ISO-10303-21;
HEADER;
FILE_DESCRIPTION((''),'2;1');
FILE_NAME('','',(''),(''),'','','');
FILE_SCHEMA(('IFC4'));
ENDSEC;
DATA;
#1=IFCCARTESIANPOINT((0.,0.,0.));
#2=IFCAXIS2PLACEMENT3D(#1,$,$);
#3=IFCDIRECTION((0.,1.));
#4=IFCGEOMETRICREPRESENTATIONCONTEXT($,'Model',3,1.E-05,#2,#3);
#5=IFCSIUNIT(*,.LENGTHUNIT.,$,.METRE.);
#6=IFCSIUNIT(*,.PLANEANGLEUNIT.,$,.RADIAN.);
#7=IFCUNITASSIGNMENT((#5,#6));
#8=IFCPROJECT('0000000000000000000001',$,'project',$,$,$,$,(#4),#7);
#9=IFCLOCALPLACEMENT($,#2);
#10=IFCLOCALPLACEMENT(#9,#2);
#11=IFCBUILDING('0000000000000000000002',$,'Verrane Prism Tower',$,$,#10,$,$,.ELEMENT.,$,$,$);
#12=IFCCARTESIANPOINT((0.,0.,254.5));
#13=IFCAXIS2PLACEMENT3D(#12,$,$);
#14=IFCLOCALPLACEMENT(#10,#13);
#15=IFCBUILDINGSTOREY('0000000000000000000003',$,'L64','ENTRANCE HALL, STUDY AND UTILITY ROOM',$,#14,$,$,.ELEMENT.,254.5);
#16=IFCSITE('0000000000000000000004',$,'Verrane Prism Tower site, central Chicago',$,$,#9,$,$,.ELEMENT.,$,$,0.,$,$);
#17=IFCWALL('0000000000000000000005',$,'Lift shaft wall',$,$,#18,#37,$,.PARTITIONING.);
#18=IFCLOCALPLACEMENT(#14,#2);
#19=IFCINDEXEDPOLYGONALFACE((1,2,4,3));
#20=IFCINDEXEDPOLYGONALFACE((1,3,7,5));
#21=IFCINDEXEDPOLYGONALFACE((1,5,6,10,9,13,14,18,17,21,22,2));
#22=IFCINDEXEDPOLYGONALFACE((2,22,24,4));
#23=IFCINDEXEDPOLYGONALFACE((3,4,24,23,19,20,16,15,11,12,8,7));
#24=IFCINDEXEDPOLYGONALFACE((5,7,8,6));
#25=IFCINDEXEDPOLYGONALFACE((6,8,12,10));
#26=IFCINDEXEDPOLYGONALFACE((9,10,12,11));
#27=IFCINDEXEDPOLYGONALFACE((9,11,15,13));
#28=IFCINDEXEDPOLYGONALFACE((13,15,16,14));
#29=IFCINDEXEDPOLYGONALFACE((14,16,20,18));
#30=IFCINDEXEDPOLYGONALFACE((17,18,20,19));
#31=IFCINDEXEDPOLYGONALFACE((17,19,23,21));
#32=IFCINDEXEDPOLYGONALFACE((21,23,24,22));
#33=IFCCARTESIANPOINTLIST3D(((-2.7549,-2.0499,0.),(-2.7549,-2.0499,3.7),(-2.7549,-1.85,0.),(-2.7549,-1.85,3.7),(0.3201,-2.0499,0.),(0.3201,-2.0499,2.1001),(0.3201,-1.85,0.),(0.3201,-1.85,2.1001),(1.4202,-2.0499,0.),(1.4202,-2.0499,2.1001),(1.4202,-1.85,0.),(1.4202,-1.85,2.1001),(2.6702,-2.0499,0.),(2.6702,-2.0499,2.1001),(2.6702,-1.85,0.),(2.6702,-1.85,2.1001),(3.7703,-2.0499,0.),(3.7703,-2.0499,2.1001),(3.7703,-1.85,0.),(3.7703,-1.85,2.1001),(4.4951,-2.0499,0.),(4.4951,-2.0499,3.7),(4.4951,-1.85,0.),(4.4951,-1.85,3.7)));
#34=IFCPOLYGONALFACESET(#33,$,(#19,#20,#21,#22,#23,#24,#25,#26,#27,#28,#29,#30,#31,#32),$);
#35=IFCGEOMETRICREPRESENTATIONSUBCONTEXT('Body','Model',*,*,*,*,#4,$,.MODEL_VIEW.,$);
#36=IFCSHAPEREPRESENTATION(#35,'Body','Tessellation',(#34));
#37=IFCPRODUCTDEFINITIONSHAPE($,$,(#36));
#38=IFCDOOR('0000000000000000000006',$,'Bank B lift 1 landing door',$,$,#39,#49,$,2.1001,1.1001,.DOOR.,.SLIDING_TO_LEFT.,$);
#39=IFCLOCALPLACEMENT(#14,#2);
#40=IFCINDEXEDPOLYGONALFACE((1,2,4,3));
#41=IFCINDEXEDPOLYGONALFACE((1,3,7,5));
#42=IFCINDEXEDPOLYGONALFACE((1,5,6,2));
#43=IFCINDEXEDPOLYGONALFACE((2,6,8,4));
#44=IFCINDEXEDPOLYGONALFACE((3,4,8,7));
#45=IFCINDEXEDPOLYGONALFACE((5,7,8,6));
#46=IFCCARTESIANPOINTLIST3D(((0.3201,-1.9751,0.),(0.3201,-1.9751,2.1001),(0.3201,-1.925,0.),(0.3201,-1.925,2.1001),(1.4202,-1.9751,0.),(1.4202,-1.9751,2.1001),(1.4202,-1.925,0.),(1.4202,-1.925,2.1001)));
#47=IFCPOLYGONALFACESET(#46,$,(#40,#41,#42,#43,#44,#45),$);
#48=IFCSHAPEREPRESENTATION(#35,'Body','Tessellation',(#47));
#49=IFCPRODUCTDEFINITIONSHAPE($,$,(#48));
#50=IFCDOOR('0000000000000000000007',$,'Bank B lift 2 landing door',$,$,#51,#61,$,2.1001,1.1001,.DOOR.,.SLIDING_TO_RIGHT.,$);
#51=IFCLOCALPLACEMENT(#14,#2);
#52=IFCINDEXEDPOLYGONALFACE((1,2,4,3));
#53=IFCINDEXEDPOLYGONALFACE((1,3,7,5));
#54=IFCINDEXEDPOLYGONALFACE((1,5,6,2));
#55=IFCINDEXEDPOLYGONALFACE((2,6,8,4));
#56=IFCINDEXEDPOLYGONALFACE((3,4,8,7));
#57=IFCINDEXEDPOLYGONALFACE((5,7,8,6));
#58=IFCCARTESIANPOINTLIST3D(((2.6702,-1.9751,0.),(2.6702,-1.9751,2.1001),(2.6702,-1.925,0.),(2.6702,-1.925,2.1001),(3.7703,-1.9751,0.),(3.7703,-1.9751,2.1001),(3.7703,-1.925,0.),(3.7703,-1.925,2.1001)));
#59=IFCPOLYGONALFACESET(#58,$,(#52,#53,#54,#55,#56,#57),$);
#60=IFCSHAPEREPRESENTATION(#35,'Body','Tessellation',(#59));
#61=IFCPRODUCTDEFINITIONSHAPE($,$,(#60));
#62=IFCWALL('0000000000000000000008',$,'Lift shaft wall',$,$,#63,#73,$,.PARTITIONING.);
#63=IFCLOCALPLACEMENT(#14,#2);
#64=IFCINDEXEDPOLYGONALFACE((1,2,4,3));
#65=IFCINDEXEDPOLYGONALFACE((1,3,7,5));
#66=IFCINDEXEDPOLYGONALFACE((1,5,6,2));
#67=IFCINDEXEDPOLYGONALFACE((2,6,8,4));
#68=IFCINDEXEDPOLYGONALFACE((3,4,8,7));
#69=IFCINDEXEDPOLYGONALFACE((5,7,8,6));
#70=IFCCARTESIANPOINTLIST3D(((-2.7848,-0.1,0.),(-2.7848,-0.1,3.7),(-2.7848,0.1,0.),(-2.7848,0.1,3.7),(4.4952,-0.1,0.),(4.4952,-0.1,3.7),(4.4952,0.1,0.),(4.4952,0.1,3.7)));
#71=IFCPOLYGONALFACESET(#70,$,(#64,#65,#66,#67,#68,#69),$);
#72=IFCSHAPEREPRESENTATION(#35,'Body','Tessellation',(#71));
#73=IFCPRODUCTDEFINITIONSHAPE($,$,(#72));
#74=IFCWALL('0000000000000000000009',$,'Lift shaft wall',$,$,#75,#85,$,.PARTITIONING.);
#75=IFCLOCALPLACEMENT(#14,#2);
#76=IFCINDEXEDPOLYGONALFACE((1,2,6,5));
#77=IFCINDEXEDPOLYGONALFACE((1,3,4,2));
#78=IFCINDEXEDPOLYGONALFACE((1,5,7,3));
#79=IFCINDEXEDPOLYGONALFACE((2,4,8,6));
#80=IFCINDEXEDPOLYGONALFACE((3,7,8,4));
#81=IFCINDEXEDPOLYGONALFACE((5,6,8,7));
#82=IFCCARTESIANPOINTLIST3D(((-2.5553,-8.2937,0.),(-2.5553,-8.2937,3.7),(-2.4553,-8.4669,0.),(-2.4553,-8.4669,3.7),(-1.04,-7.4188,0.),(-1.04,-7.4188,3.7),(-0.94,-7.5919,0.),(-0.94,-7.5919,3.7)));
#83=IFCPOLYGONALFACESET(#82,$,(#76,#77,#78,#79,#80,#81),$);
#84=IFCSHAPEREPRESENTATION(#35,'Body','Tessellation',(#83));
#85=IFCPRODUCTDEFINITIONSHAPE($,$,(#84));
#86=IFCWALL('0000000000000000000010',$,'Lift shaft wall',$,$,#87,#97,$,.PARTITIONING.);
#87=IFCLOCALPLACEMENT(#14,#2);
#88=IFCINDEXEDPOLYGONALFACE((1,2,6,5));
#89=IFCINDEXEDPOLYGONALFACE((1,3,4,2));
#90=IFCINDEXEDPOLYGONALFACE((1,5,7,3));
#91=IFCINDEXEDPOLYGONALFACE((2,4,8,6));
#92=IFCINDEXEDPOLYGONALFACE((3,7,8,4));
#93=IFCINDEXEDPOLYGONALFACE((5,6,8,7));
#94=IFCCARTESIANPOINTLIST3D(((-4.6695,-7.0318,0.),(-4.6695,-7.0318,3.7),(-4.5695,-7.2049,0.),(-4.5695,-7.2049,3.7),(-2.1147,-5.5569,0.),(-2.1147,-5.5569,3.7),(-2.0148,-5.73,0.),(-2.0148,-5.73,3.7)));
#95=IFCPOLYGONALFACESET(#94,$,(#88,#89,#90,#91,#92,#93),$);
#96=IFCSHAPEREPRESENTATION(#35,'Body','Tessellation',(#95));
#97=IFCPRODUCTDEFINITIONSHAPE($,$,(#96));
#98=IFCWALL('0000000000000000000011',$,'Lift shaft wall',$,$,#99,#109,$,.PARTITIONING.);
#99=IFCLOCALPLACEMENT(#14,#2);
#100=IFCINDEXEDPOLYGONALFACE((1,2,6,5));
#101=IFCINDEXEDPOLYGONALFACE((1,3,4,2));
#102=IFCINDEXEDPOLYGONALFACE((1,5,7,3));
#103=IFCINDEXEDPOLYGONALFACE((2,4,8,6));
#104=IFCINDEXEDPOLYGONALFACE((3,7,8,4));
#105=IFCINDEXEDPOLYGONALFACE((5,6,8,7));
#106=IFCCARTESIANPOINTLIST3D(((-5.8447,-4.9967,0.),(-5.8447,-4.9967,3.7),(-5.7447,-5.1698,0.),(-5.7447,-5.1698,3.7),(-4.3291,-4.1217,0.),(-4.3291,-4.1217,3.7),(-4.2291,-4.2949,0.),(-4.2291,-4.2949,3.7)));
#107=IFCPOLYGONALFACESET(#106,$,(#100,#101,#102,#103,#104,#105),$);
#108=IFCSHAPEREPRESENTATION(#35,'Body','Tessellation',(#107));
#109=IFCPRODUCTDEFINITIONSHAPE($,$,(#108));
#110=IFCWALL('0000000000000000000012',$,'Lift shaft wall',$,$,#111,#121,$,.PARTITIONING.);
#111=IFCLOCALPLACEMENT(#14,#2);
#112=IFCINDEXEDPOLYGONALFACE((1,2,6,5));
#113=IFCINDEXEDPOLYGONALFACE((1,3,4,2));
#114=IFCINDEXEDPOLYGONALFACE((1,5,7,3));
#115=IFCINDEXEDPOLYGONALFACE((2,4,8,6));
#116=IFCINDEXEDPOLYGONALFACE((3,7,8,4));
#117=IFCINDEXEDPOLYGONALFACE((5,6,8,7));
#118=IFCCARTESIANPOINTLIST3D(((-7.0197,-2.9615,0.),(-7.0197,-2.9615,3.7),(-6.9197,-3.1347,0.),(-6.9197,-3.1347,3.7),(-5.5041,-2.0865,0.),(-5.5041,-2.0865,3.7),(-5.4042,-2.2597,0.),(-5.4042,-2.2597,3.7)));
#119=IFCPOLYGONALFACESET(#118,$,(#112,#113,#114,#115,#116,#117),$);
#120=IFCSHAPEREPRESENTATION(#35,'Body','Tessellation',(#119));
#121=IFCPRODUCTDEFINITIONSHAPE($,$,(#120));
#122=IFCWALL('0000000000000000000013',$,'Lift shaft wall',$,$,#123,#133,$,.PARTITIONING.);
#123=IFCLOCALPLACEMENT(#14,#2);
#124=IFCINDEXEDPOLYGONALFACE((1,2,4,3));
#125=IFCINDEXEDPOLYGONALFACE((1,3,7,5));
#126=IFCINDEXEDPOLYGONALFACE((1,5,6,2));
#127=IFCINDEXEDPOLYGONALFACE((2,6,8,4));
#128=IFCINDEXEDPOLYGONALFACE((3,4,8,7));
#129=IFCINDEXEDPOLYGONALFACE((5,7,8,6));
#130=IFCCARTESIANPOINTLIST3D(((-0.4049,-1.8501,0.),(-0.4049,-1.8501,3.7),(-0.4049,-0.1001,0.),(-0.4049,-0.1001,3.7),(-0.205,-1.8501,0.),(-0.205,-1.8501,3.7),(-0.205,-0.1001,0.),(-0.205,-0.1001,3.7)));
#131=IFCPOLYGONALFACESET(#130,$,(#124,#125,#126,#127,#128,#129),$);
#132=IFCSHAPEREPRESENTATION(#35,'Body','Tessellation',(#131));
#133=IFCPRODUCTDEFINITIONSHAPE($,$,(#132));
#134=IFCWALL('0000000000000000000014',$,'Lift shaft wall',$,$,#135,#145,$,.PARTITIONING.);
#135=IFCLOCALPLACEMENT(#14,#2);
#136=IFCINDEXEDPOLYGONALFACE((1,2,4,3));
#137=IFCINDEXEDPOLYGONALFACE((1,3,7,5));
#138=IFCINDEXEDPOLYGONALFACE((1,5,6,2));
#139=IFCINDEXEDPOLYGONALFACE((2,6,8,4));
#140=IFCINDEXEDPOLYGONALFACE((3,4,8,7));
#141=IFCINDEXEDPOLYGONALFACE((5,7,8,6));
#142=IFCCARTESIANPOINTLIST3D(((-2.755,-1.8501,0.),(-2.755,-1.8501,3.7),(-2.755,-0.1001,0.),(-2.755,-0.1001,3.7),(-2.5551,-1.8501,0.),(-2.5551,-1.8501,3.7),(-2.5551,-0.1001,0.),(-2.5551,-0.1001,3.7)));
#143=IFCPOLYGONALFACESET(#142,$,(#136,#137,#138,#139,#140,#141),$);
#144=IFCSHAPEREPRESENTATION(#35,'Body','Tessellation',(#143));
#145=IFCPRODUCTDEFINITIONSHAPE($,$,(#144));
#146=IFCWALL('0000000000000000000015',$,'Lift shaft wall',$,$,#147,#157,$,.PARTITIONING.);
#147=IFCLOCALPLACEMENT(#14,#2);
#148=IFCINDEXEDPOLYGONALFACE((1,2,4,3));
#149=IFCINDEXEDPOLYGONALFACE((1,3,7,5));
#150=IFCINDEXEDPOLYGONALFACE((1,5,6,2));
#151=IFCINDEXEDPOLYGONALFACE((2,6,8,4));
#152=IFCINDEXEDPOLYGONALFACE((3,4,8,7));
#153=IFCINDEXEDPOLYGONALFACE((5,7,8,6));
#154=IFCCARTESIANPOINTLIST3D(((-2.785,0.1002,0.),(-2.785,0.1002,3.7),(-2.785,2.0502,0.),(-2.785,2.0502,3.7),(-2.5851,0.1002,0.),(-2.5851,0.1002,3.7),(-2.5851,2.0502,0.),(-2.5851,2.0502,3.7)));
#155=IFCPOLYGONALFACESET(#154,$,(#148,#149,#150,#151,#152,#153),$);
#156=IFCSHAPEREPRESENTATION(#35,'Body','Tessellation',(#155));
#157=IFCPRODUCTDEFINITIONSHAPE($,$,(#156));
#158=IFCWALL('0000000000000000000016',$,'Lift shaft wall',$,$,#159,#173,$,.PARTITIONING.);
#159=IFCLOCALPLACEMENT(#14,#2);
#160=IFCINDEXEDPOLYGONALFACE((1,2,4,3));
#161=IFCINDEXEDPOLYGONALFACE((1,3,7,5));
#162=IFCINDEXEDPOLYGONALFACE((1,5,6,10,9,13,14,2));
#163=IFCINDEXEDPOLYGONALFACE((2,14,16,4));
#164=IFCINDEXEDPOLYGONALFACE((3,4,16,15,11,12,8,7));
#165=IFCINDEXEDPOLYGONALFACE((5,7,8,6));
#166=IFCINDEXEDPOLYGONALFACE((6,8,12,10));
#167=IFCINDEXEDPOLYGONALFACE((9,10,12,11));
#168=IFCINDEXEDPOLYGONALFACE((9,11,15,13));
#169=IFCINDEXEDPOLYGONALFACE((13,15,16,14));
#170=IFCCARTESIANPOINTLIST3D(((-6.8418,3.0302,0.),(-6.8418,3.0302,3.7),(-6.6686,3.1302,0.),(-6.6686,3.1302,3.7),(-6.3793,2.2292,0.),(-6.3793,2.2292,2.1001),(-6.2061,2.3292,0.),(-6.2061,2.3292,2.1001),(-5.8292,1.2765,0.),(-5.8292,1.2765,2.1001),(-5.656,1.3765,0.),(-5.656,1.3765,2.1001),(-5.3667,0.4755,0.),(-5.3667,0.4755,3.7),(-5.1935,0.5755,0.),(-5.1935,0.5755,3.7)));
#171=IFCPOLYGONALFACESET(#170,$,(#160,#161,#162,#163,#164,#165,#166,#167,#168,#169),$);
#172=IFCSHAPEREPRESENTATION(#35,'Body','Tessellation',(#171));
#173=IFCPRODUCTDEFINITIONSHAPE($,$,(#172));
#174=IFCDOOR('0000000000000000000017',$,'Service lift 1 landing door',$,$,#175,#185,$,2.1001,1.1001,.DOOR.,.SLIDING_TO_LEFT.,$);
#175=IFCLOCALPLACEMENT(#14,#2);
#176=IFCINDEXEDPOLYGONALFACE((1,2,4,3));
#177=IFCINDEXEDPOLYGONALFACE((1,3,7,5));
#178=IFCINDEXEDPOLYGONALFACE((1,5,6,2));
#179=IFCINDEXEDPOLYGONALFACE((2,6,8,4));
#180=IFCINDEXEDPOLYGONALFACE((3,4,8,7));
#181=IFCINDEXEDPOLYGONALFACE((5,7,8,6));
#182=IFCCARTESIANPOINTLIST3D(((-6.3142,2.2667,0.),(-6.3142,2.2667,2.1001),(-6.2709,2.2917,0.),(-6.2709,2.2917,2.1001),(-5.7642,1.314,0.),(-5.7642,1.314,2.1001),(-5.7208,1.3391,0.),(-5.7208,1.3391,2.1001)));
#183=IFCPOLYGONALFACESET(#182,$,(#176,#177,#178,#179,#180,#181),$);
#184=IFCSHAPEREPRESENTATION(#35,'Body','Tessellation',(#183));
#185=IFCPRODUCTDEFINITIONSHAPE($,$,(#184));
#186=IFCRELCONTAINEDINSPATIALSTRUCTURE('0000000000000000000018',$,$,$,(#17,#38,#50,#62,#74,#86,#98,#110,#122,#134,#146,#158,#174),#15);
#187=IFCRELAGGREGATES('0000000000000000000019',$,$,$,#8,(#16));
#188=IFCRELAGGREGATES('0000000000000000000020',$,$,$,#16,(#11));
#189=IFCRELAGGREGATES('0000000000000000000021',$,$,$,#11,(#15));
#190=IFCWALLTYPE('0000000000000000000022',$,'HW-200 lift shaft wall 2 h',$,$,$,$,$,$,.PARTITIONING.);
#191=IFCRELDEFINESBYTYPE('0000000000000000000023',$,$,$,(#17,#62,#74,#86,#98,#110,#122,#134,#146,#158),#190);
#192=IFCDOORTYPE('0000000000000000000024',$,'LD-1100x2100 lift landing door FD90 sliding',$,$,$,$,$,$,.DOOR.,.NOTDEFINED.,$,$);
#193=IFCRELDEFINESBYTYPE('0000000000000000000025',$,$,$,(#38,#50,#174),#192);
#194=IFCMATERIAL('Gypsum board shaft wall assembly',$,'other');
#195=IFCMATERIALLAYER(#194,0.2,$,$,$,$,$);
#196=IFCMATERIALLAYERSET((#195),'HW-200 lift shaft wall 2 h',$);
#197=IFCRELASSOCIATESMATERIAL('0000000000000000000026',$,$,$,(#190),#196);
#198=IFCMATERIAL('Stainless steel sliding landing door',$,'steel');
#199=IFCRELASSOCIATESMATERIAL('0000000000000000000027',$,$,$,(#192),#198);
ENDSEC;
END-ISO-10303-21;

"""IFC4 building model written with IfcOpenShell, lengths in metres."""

from ifc_helpers import new_model, si_unit, direction, frame, frame_2d, origin, place, context, subcontext, project, spatial, rectangle, extrude, material, layer, layer_set, type_object, element, fill, save


model = new_model("IFC4")

# Units and contexts
model_context = context("Model", 3, precision=1e-05, world=origin(), true_north=direction((0.0, 1.0)))
body_context = subcontext(model_context, "Body", "Model", "MODEL_VIEW")
ifc_project = project(units=[si_unit("LENGTHUNIT", "METRE"), si_unit("PLANEANGLEUNIT", "RADIAN")], contexts=[model_context])

# Site, building, storey
site_placement = place(None, origin())
site = spatial("IfcSite", under=ifc_project, at=site_placement, Name="Verrane Prism Tower site, central Chicago", CompositionType="ELEMENT", RefElevation=0.0)
building_placement = place(site_placement, origin())
building = spatial("IfcBuilding", under=site, at=building_placement, Name="Verrane Prism Tower", CompositionType="ELEMENT")
storey_placement = place(building_placement, frame((0.0, 0.0, 254.5)))
storey = spatial("IfcBuildingStorey", under=building, at=storey_placement, Name="L64", Description="ENTRANCE HALL, STUDY AND UTILITY ROOM", CompositionType="ELEMENT", Elevation=254.5)

# Wall, openings, doors
ifc_material_1 = material(Name="Gypsum board shaft wall assembly", Category="other")
ifc_layer_1 = layer(ifc_material_1, 0.2)
ifc_layer_set_1 = layer_set([ifc_layer_1], Name="HW-200 lift shaft wall 2 h")
wall_type_1 = type_object("IfcWallType", Name="HW-200 lift shaft wall 2 h", PredefinedType="PARTITIONING", material=ifc_layer_set_1)
wall_1_placement = place(storey_placement, frame((-2.7549, -1.95, 0.0), z_axis=(0.0, 0.0, 1.0), x_axis=(1.0, 0.0, 0.0)))
wall_1 = element("IfcWall", 1, at=wall_1_placement, inside=storey, type_object=wall_type_1, Name="Lift shaft wall", PredefinedType="PARTITIONING", context=body_context, shape_type="SweptSolid", body=[
    extrude(rectangle(XDim=7.25, YDim=0.2, at=frame_2d((3.625, 0.0))), origin(), (0.0, 0.0, 1.0), 3.7),
])
opening_1_placement = place(wall_1_placement, frame((3.075, 0.0, 0.0)))
opening_1 = element("IfcOpeningElement", 2, at=opening_1_placement, cuts=wall_1, PredefinedType="OPENING", context=body_context, shape_type="SweptSolid", body=[
    extrude(rectangle(XDim=1.1001, YDim=2.1001, at=frame_2d((0.55, 1.05))), frame((0.0, 0.1099, 0.0), z_axis=(0.0, -1.0, 0.0), x_axis=(1.0, 0.0, 0.0)), (0.0, 0.0, 1.0), 0.22),
])
opening_2_placement = place(wall_1_placement, frame((5.425, 0.0, 0.0)))
opening_2 = element("IfcOpeningElement", 3, at=opening_2_placement, cuts=wall_1, PredefinedType="OPENING", context=body_context, shape_type="SweptSolid", body=[
    extrude(rectangle(XDim=1.1001, YDim=2.1001, at=frame_2d((0.55, 1.05))), frame((0.0, 0.1099, 0.0), z_axis=(0.0, -1.0, 0.0), x_axis=(1.0, 0.0, 0.0)), (0.0, 0.0, 1.0), 0.22),
])
ifc_material_2 = material(Name="Stainless steel sliding landing door", Category="steel")
door_type_1 = type_object("IfcDoorType", Name="LD-1100x2100 lift landing door FD90 sliding", OperationType="NOTDEFINED", PredefinedType="DOOR", material=ifc_material_2)
door_1_placement = place(opening_1_placement, origin())
door_1 = element("IfcDoor", 4, at=door_1_placement, inside=storey, type_object=door_type_1, Name="Bank B lift 1 landing door", OperationType="SLIDING_TO_LEFT", OverallHeight=2.1001, OverallWidth=1.1001, PredefinedType="DOOR", context=body_context, shape_type="SweptSolid", body=[
    extrude(rectangle(XDim=1.1001, YDim=2.1001, at=frame_2d((0.55, 1.05))), frame((0.0, 0.0249, 0.0), z_axis=(0.0, -1.0, 0.0), x_axis=(1.0, 0.0, 0.0)), (0.0, 0.0, 1.0), 0.05),
])
fill(opening_1, door_1)
door_2_placement = place(opening_2_placement, origin())
door_2 = element("IfcDoor", 5, at=door_2_placement, inside=storey, type_object=door_type_1, Name="Bank B lift 2 landing door", OperationType="SLIDING_TO_RIGHT", OverallHeight=2.1001, OverallWidth=1.1001, PredefinedType="DOOR", context=body_context, shape_type="SweptSolid", body=[
    extrude(rectangle(XDim=1.1001, YDim=2.1001, at=frame_2d((0.55, 1.05))), frame((0.0, 0.0249, 0.0), z_axis=(0.0, -1.0, 0.0), x_axis=(1.0, 0.0, 0.0)), (0.0, 0.0, 1.0), 0.05),
])
fill(opening_2, door_2)

# Walls
wall_2_placement = place(storey_placement, frame((-2.7849, 0.0, 0.0), z_axis=(0.0, 0.0, 1.0), x_axis=(1.0, 0.0, 0.0)))
element("IfcWall", 6, at=wall_2_placement, inside=storey, type_object=wall_type_1, Name="Lift shaft wall", PredefinedType="PARTITIONING", context=body_context, shape_type="SweptSolid", body=[
    extrude(rectangle(XDim=7.28, YDim=0.2, at=frame_2d((3.6401, 0.0))), origin(), (0.0, 0.0, 1.0), 3.7),
])
wall_3_placement = place(storey_placement, frame((-2.5054, -8.3804, 0.0), z_axis=(0.0, 0.0, 1.0), x_axis=(0.866002, 0.50004, 0.0)))
element("IfcWall", 7, at=wall_3_placement, inside=storey, type_object=wall_type_1, Name="Lift shaft wall", PredefinedType="PARTITIONING", context=body_context, shape_type="SweptSolid", body=[
    extrude(rectangle(XDim=1.7498, YDim=0.2, at=frame_2d((0.875, 0.0))), origin(), (0.0, 0.0, 1.0), 3.7),
])
wall_4_placement = place(storey_placement, frame((-4.6196, -7.1184, 0.0), z_axis=(0.0, 0.0, 1.0), x_axis=(0.866039, 0.499976, 0.0)))
element("IfcWall", 8, at=wall_4_placement, inside=storey, type_object=wall_type_1, Name="Lift shaft wall", PredefinedType="PARTITIONING", context=body_context, shape_type="SweptSolid", body=[
    extrude(rectangle(XDim=2.95, YDim=0.2, at=frame_2d((1.4751, 0.0))), origin(), (0.0, 0.0, 1.0), 3.7),
])
for number, where, z_axis, x_axis, name in (
    (9, (-5.7947, -5.0833, 0.0), (0.0, 0.0, 1.0), (0.866037, 0.49998, 0.0), "Lift shaft wall"),
    (10, (-6.9697, -3.0481, 0.0), (0.0, 0.0, 1.0), (0.866037, 0.49998, 0.0), "Lift shaft wall"),
    (11, (-0.3049, -1.8501, 0.0), (0.0, 0.0, 1.0), (0.0, 1.0, 0.0), "Lift shaft wall"),
    (12, (-2.655, -1.8501, 0.0), (0.0, 0.0, 1.0), (0.0, 1.0, 0.0), "Lift shaft wall"),
):
    element("IfcWall", number, at=place(storey_placement, frame(where, z_axis=z_axis, x_axis=x_axis)), inside=storey, type_object=wall_type_1, Name=name, PredefinedType="PARTITIONING", context=body_context, shape_type="SweptSolid", body=[
        extrude(rectangle(XDim=1.75, YDim=0.2, at=frame_2d((0.875, 0.0))), origin(), (0.0, 0.0, 1.0), 3.7),
    ])
wall_5_placement = place(storey_placement, frame((-2.6851, 0.1001, 0.0), z_axis=(0.0, 0.0, 1.0), x_axis=(0.0, 1.0, 0.0)))
element("IfcWall", 13, at=wall_5_placement, inside=storey, type_object=wall_type_1, Name="Lift shaft wall", PredefinedType="PARTITIONING", context=body_context, shape_type="SweptSolid", body=[
    extrude(rectangle(XDim=1.95, YDim=0.2, at=frame_2d((0.9751, 0.0))), origin(), (0.0, 0.0, 1.0), 3.7),
])

# Wall, opening, door
wall_6_placement = place(storey_placement, frame((-5.28, 0.5254, 0.0), z_axis=(0.0, 0.0, 1.0), x_axis=(-0.500038, 0.866004, 0.0)))
wall_6 = element("IfcWall", 14, at=wall_6_placement, inside=storey, type_object=wall_type_1, Name="Lift shaft wall", PredefinedType="PARTITIONING", context=body_context, shape_type="SweptSolid", body=[
    extrude(rectangle(XDim=2.95, YDim=0.2, at=frame_2d((1.4751, 0.0))), origin(), (0.0, 0.0, 1.0), 3.7),
])
opening_3_placement = place(wall_6_placement, frame((0.925, 0.0, 0.0)))
opening_3 = element("IfcOpeningElement", 15, at=opening_3_placement, cuts=wall_6, PredefinedType="OPENING", context=body_context, shape_type="SweptSolid", body=[
    extrude(rectangle(XDim=1.1001, YDim=2.1001, at=frame_2d((0.55, 1.05))), frame((0.0, 0.1099, 0.0), z_axis=(0.0, -1.0, 0.0), x_axis=(1.0, 0.0, 0.0)), (0.0, 0.0, 1.0), 0.22),
])
door_3_placement = place(opening_3_placement, origin())
door_3 = element("IfcDoor", 16, at=door_3_placement, inside=storey, type_object=door_type_1, Name="Service lift 1 landing door", OperationType="SLIDING_TO_LEFT", OverallHeight=2.1001, OverallWidth=1.1001, PredefinedType="DOOR", context=body_context, shape_type="SweptSolid", body=[
    extrude(rectangle(XDim=1.1001, YDim=2.1001, at=frame_2d((0.55, 1.05))), frame((0.0, 0.0249, 0.0), z_axis=(0.0, -1.0, 0.0), x_axis=(1.0, 0.0, 0.0)), (0.0, 0.0, 1.0), 0.05),
])
fill(opening_3, door_3)

save(model, "model.ifc")
